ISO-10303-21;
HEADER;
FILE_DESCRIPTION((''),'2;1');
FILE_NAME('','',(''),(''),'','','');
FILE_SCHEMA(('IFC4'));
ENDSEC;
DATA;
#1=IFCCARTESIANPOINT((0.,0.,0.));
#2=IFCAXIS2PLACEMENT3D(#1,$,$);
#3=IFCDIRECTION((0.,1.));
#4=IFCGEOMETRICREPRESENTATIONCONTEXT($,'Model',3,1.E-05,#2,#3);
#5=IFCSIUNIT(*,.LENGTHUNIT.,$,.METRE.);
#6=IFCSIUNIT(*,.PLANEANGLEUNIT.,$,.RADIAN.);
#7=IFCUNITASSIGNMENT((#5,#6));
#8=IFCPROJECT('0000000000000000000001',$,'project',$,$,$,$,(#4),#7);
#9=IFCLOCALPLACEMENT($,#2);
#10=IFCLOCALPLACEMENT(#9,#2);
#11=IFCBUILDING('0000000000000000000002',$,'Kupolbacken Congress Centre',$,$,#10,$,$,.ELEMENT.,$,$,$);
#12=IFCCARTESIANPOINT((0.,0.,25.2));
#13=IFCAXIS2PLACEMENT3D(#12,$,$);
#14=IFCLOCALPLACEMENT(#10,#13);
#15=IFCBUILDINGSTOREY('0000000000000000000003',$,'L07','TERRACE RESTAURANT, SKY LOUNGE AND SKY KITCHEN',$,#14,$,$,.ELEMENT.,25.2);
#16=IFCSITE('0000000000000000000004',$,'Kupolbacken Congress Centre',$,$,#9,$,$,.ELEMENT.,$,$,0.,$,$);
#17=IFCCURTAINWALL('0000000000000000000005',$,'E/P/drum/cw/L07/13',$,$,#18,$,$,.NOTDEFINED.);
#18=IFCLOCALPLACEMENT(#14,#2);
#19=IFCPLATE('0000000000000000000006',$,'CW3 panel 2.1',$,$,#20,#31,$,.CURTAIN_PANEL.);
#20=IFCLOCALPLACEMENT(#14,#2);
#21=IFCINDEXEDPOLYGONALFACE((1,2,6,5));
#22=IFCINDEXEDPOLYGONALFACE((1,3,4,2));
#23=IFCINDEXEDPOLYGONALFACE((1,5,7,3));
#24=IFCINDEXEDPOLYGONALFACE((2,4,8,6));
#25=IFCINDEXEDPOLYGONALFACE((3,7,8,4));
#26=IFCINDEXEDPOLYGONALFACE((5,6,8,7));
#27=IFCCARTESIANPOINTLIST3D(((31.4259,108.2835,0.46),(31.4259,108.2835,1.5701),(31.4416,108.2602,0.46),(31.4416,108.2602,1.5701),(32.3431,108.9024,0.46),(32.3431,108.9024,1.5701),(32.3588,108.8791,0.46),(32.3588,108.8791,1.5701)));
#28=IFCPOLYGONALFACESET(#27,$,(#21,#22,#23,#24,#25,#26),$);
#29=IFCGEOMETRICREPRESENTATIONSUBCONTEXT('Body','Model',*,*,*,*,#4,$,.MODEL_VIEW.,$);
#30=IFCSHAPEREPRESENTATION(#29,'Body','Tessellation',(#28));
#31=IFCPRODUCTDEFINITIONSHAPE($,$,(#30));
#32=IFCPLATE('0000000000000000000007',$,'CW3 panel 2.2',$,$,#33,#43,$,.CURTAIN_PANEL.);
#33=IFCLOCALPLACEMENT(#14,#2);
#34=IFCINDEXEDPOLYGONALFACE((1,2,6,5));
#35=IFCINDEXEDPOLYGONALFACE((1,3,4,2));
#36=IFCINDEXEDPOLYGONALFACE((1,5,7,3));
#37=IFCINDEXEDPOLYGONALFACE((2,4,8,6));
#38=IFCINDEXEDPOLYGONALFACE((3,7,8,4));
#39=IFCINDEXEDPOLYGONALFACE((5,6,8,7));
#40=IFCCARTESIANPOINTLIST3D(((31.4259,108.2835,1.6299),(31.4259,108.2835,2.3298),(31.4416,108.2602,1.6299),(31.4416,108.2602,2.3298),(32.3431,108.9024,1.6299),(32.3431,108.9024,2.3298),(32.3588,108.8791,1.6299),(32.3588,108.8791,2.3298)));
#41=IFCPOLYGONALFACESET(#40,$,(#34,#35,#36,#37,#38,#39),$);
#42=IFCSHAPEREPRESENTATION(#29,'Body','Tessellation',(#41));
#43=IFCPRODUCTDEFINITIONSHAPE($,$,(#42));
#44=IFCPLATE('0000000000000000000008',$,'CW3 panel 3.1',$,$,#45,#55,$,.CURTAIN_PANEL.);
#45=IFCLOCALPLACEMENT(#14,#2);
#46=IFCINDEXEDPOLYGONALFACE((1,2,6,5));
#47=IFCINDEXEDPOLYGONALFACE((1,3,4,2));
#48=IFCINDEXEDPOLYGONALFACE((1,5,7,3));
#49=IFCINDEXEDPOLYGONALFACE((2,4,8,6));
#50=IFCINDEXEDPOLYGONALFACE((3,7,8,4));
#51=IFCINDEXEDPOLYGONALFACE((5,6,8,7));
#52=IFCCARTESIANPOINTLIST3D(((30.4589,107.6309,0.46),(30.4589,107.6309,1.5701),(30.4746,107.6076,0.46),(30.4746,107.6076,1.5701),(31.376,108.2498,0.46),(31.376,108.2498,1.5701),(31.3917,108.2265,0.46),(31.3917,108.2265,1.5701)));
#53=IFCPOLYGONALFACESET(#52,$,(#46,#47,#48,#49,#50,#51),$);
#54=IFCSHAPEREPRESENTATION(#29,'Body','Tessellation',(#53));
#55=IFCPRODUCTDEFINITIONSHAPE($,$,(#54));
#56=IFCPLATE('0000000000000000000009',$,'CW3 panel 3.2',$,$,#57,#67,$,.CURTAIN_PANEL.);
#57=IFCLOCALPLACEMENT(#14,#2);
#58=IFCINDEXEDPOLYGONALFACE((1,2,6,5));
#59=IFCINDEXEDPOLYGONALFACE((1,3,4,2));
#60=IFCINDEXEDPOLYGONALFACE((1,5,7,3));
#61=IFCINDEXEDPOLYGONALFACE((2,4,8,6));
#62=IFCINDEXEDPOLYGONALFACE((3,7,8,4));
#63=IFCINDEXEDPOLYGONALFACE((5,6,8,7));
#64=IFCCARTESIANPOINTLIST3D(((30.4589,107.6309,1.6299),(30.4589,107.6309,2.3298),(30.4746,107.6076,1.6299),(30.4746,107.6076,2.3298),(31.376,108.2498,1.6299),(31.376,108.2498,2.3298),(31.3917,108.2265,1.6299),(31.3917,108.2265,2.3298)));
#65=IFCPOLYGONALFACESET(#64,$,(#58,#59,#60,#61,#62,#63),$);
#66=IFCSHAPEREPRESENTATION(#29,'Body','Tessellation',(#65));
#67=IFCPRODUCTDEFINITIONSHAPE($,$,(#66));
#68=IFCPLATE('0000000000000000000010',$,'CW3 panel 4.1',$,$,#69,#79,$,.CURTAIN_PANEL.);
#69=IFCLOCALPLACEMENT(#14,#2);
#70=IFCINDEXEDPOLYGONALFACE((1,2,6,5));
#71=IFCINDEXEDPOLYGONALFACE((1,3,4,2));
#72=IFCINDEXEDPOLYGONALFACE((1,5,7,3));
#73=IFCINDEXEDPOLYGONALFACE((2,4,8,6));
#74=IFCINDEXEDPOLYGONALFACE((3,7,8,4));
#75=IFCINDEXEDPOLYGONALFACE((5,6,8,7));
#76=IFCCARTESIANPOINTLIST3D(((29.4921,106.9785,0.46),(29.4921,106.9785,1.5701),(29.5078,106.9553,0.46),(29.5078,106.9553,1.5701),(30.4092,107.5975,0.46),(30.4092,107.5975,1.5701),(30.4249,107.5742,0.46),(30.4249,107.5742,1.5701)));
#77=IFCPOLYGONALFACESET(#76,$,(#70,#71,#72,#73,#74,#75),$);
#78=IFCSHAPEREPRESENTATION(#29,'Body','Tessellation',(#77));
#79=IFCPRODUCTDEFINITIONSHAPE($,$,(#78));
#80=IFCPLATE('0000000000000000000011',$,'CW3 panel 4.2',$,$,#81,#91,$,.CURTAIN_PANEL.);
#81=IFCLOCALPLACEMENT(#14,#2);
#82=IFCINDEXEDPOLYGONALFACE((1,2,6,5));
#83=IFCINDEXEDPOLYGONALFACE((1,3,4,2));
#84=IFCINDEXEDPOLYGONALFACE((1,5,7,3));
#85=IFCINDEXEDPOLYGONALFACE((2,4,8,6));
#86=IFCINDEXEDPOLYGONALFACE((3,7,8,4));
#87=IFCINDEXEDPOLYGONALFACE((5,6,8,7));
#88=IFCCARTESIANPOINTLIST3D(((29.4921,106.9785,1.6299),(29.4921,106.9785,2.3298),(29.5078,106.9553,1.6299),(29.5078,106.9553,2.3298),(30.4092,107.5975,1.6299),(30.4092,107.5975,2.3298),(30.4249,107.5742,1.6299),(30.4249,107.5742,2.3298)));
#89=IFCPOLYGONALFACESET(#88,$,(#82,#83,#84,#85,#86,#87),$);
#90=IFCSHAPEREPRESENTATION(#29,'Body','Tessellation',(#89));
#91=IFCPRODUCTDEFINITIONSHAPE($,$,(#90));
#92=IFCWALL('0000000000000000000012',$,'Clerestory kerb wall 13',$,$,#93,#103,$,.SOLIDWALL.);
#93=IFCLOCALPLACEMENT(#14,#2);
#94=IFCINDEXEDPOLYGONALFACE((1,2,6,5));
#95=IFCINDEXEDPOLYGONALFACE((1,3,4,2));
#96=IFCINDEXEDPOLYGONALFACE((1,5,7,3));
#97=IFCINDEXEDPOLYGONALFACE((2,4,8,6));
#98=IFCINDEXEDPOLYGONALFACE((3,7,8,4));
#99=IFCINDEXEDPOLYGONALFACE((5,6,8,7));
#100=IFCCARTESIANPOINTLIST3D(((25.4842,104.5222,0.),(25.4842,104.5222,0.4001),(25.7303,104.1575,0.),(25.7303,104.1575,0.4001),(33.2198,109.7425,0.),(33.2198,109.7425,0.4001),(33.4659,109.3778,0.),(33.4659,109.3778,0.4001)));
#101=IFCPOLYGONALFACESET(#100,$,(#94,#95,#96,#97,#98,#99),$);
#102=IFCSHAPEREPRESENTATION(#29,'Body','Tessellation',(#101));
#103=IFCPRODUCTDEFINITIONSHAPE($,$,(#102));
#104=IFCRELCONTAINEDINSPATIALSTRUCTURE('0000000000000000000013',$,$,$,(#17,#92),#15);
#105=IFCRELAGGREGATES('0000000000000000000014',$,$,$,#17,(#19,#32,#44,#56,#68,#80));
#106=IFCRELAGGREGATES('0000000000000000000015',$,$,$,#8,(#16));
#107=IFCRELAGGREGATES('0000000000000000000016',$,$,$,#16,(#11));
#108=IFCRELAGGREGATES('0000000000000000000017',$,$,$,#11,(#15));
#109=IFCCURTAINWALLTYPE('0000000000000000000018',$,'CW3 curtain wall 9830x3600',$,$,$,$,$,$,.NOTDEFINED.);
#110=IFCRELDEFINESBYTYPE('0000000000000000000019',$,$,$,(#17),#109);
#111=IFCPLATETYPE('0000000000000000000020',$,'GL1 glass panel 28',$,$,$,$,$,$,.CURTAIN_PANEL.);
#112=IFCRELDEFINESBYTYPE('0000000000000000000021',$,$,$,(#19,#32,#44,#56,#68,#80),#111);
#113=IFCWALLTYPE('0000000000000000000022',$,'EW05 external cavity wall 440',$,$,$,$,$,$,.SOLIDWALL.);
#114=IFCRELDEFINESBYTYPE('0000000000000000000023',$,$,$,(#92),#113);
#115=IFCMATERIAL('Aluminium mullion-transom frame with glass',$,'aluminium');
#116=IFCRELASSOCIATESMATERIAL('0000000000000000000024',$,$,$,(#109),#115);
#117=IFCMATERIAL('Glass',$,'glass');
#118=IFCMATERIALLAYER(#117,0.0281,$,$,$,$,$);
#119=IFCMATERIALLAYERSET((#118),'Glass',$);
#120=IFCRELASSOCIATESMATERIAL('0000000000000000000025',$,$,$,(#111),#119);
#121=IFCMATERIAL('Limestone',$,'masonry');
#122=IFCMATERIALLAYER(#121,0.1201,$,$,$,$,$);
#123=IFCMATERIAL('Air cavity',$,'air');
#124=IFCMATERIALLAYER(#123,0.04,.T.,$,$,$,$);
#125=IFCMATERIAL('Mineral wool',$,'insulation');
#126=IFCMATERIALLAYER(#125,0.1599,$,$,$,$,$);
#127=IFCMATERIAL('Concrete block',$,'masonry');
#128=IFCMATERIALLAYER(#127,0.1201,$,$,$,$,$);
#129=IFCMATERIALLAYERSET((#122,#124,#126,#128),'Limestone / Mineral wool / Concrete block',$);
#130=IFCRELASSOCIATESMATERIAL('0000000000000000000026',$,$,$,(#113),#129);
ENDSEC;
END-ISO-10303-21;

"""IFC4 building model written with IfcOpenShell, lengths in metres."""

from ifc_helpers import new_model, si_unit, direction, frame, frame_2d, origin, origin_2d, place, context, subcontext, project, spatial, rectangle, extrude, material, layer, layer_set, type_object, element, aggregate, save


model = new_model("IFC4")

# Units and contexts
model_context = context("Model", 3, precision=1e-05, world=origin(), true_north=direction((0.0, 1.0)))
body_context = subcontext(model_context, "Body", "Model", "MODEL_VIEW")
ifc_project = project(units=[si_unit("LENGTHUNIT", "METRE"), si_unit("PLANEANGLEUNIT", "RADIAN")], contexts=[model_context])

# Site, building, storey
site_placement = place(None, origin())
site = spatial("IfcSite", under=ifc_project, at=site_placement, Name="Kupolbacken Congress Centre", CompositionType="ELEMENT", RefElevation=0.0)
building_placement = place(site_placement, origin())
building = spatial("IfcBuilding", under=site, at=building_placement, Name="Kupolbacken Congress Centre", CompositionType="ELEMENT")
storey_placement = place(building_placement, frame((0.0, 0.0, 25.2)))
storey = spatial("IfcBuildingStorey", under=building, at=storey_placement, Name="L07", Description="TERRACE RESTAURANT, SKY LOUNGE AND SKY KITCHEN", CompositionType="ELEMENT", Elevation=25.2)

# Curtain wall, plates
ifc_material_1 = material(Name="Aluminium mullion-transom frame with glass", Category="aluminium")
curtain_wall_type = type_object("IfcCurtainWallType", Name="CW3 curtain wall 9830x3600", PredefinedType="NOTDEFINED", material=ifc_material_1)
curtain_wall_placement = place(storey_placement, origin())
curtain_wall = element("IfcCurtainWall", 1, at=curtain_wall_placement, inside=storey, type_object=curtain_wall_type, Name="E/P/drum/cw/L07/13", PredefinedType="NOTDEFINED")
ifc_material_2 = material(Name="Glass", Category="glass")
ifc_layer_1 = layer(ifc_material_2, 0.0281)
ifc_layer_set_1 = layer_set([ifc_layer_1], Name="Glass")
plate_type = type_object("IfcPlateType", Name="GL1 glass panel 28", PredefinedType="CURTAIN_PANEL", material=ifc_layer_set_1)
plate_1_placement = place(storey_placement, frame((31.8923, 108.5813, 0.46), z_axis=(0.0, 0.0, 1.0), x_axis=(-0.828908, -0.559386, 0.0)))
plate_1 = element("IfcPlate", 2, at=plate_1_placement, type_object=plate_type, Name="CW3 panel 2.1", PredefinedType="CURTAIN_PANEL", context=body_context, shape_type="SweptSolid", body=[
    extrude(rectangle(XDim=1.1064, YDim=0.0281, at=origin_2d()), origin(), (0.0, 0.0, 1.0), 1.1101),
])
plate_2_placement = place(storey_placement, frame((31.8923, 108.5813, 1.6299), z_axis=(0.0, 0.0, 1.0), x_axis=(-0.828908, -0.559386, 0.0)))
plate_2 = element("IfcPlate", 3, at=plate_2_placement, type_object=plate_type, Name="CW3 panel 2.2", PredefinedType="CURTAIN_PANEL", context=body_context, shape_type="SweptSolid", body=[
    extrude(rectangle(XDim=1.1064, YDim=0.0281, at=origin_2d()), origin(), (0.0, 0.0, 1.0), 0.7),
])
plate_3_placement = place(storey_placement, frame((30.9253, 107.9287, 0.46), z_axis=(0.0, 0.0, 1.0), x_axis=(-0.828908, -0.559386, 0.0)))
plate_3 = element("IfcPlate", 4, at=plate_3_placement, type_object=plate_type, Name="CW3 panel 3.1", PredefinedType="CURTAIN_PANEL", context=body_context, shape_type="SweptSolid", body=[
    extrude(rectangle(XDim=1.1064, YDim=0.0281, at=origin_2d()), origin(), (0.0, 0.0, 1.0), 1.1101),
])
plate_4_placement = place(storey_placement, frame((30.9253, 107.9287, 1.6299), z_axis=(0.0, 0.0, 1.0), x_axis=(-0.828908, -0.559386, 0.0)))
plate_4 = element("IfcPlate", 5, at=plate_4_placement, type_object=plate_type, Name="CW3 panel 3.2", PredefinedType="CURTAIN_PANEL", context=body_context, shape_type="SweptSolid", body=[
    extrude(rectangle(XDim=1.1064, YDim=0.0281, at=origin_2d()), origin(), (0.0, 0.0, 1.0), 0.7),
])
plate_5_placement = place(storey_placement, frame((29.9585, 107.2764, 0.46), z_axis=(0.0, 0.0, 1.0), x_axis=(-0.828908, -0.559386, 0.0)))
plate_5 = element("IfcPlate", 6, at=plate_5_placement, type_object=plate_type, Name="CW3 panel 4.1", PredefinedType="CURTAIN_PANEL", context=body_context, shape_type="SweptSolid", body=[
    extrude(rectangle(XDim=1.1064, YDim=0.0281, at=origin_2d()), origin(), (0.0, 0.0, 1.0), 1.1101),
])
plate_6_placement = place(storey_placement, frame((29.9585, 107.2764, 1.6299), z_axis=(0.0, 0.0, 1.0), x_axis=(-0.828908, -0.559386, 0.0)))
plate_6 = element("IfcPlate", 7, at=plate_6_placement, type_object=plate_type, Name="CW3 panel 4.2", PredefinedType="CURTAIN_PANEL", context=body_context, shape_type="SweptSolid", body=[
    extrude(rectangle(XDim=1.1064, YDim=0.0281, at=origin_2d()), origin(), (0.0, 0.0, 1.0), 0.7),
])
aggregate(curtain_wall, [plate_1, plate_2, plate_3, plate_4, plate_5, plate_6])

# Wall
ifc_material_3 = material(Name="Limestone", Category="masonry")
ifc_layer_2 = layer(ifc_material_3, 0.1201)
ifc_material_4 = material(Name="Air cavity", Category="air")
ifc_layer_3 = layer(ifc_material_4, 0.04, ventilated=True)
ifc_material_5 = material(Name="Mineral wool", Category="insulation")
ifc_layer_4 = layer(ifc_material_5, 0.1599)
ifc_material_6 = material(Name="Concrete block", Category="masonry")
ifc_layer_5 = layer(ifc_material_6, 0.1201)
ifc_layer_set_2 = layer_set([ifc_layer_2, ifc_layer_3, ifc_layer_4, ifc_layer_5], Name="Limestone / Mineral wool / Concrete block")
wall_type = type_object("IfcWallType", Name="EW05 external cavity wall 440", PredefinedType="SOLIDWALL", material=ifc_layer_set_2)
wall_placement = place(storey_placement, frame((33.3428, 109.5601, 0.0), z_axis=(0.0, 0.0, 1.0), x_axis=(-0.828914, -0.559376, 0.0)))
element("IfcWall", 8, at=wall_placement, inside=storey, type_object=wall_type, Name="Clerestory kerb wall 13", PredefinedType="SOLIDWALL", context=body_context, shape_type="SweptSolid", body=[
    extrude(rectangle(XDim=9.3323, YDim=0.4399, at=frame_2d((4.666, 0.0))), origin(), (0.0, 0.0, 1.0), 0.4001),
])

save(model, "model.ifc")
